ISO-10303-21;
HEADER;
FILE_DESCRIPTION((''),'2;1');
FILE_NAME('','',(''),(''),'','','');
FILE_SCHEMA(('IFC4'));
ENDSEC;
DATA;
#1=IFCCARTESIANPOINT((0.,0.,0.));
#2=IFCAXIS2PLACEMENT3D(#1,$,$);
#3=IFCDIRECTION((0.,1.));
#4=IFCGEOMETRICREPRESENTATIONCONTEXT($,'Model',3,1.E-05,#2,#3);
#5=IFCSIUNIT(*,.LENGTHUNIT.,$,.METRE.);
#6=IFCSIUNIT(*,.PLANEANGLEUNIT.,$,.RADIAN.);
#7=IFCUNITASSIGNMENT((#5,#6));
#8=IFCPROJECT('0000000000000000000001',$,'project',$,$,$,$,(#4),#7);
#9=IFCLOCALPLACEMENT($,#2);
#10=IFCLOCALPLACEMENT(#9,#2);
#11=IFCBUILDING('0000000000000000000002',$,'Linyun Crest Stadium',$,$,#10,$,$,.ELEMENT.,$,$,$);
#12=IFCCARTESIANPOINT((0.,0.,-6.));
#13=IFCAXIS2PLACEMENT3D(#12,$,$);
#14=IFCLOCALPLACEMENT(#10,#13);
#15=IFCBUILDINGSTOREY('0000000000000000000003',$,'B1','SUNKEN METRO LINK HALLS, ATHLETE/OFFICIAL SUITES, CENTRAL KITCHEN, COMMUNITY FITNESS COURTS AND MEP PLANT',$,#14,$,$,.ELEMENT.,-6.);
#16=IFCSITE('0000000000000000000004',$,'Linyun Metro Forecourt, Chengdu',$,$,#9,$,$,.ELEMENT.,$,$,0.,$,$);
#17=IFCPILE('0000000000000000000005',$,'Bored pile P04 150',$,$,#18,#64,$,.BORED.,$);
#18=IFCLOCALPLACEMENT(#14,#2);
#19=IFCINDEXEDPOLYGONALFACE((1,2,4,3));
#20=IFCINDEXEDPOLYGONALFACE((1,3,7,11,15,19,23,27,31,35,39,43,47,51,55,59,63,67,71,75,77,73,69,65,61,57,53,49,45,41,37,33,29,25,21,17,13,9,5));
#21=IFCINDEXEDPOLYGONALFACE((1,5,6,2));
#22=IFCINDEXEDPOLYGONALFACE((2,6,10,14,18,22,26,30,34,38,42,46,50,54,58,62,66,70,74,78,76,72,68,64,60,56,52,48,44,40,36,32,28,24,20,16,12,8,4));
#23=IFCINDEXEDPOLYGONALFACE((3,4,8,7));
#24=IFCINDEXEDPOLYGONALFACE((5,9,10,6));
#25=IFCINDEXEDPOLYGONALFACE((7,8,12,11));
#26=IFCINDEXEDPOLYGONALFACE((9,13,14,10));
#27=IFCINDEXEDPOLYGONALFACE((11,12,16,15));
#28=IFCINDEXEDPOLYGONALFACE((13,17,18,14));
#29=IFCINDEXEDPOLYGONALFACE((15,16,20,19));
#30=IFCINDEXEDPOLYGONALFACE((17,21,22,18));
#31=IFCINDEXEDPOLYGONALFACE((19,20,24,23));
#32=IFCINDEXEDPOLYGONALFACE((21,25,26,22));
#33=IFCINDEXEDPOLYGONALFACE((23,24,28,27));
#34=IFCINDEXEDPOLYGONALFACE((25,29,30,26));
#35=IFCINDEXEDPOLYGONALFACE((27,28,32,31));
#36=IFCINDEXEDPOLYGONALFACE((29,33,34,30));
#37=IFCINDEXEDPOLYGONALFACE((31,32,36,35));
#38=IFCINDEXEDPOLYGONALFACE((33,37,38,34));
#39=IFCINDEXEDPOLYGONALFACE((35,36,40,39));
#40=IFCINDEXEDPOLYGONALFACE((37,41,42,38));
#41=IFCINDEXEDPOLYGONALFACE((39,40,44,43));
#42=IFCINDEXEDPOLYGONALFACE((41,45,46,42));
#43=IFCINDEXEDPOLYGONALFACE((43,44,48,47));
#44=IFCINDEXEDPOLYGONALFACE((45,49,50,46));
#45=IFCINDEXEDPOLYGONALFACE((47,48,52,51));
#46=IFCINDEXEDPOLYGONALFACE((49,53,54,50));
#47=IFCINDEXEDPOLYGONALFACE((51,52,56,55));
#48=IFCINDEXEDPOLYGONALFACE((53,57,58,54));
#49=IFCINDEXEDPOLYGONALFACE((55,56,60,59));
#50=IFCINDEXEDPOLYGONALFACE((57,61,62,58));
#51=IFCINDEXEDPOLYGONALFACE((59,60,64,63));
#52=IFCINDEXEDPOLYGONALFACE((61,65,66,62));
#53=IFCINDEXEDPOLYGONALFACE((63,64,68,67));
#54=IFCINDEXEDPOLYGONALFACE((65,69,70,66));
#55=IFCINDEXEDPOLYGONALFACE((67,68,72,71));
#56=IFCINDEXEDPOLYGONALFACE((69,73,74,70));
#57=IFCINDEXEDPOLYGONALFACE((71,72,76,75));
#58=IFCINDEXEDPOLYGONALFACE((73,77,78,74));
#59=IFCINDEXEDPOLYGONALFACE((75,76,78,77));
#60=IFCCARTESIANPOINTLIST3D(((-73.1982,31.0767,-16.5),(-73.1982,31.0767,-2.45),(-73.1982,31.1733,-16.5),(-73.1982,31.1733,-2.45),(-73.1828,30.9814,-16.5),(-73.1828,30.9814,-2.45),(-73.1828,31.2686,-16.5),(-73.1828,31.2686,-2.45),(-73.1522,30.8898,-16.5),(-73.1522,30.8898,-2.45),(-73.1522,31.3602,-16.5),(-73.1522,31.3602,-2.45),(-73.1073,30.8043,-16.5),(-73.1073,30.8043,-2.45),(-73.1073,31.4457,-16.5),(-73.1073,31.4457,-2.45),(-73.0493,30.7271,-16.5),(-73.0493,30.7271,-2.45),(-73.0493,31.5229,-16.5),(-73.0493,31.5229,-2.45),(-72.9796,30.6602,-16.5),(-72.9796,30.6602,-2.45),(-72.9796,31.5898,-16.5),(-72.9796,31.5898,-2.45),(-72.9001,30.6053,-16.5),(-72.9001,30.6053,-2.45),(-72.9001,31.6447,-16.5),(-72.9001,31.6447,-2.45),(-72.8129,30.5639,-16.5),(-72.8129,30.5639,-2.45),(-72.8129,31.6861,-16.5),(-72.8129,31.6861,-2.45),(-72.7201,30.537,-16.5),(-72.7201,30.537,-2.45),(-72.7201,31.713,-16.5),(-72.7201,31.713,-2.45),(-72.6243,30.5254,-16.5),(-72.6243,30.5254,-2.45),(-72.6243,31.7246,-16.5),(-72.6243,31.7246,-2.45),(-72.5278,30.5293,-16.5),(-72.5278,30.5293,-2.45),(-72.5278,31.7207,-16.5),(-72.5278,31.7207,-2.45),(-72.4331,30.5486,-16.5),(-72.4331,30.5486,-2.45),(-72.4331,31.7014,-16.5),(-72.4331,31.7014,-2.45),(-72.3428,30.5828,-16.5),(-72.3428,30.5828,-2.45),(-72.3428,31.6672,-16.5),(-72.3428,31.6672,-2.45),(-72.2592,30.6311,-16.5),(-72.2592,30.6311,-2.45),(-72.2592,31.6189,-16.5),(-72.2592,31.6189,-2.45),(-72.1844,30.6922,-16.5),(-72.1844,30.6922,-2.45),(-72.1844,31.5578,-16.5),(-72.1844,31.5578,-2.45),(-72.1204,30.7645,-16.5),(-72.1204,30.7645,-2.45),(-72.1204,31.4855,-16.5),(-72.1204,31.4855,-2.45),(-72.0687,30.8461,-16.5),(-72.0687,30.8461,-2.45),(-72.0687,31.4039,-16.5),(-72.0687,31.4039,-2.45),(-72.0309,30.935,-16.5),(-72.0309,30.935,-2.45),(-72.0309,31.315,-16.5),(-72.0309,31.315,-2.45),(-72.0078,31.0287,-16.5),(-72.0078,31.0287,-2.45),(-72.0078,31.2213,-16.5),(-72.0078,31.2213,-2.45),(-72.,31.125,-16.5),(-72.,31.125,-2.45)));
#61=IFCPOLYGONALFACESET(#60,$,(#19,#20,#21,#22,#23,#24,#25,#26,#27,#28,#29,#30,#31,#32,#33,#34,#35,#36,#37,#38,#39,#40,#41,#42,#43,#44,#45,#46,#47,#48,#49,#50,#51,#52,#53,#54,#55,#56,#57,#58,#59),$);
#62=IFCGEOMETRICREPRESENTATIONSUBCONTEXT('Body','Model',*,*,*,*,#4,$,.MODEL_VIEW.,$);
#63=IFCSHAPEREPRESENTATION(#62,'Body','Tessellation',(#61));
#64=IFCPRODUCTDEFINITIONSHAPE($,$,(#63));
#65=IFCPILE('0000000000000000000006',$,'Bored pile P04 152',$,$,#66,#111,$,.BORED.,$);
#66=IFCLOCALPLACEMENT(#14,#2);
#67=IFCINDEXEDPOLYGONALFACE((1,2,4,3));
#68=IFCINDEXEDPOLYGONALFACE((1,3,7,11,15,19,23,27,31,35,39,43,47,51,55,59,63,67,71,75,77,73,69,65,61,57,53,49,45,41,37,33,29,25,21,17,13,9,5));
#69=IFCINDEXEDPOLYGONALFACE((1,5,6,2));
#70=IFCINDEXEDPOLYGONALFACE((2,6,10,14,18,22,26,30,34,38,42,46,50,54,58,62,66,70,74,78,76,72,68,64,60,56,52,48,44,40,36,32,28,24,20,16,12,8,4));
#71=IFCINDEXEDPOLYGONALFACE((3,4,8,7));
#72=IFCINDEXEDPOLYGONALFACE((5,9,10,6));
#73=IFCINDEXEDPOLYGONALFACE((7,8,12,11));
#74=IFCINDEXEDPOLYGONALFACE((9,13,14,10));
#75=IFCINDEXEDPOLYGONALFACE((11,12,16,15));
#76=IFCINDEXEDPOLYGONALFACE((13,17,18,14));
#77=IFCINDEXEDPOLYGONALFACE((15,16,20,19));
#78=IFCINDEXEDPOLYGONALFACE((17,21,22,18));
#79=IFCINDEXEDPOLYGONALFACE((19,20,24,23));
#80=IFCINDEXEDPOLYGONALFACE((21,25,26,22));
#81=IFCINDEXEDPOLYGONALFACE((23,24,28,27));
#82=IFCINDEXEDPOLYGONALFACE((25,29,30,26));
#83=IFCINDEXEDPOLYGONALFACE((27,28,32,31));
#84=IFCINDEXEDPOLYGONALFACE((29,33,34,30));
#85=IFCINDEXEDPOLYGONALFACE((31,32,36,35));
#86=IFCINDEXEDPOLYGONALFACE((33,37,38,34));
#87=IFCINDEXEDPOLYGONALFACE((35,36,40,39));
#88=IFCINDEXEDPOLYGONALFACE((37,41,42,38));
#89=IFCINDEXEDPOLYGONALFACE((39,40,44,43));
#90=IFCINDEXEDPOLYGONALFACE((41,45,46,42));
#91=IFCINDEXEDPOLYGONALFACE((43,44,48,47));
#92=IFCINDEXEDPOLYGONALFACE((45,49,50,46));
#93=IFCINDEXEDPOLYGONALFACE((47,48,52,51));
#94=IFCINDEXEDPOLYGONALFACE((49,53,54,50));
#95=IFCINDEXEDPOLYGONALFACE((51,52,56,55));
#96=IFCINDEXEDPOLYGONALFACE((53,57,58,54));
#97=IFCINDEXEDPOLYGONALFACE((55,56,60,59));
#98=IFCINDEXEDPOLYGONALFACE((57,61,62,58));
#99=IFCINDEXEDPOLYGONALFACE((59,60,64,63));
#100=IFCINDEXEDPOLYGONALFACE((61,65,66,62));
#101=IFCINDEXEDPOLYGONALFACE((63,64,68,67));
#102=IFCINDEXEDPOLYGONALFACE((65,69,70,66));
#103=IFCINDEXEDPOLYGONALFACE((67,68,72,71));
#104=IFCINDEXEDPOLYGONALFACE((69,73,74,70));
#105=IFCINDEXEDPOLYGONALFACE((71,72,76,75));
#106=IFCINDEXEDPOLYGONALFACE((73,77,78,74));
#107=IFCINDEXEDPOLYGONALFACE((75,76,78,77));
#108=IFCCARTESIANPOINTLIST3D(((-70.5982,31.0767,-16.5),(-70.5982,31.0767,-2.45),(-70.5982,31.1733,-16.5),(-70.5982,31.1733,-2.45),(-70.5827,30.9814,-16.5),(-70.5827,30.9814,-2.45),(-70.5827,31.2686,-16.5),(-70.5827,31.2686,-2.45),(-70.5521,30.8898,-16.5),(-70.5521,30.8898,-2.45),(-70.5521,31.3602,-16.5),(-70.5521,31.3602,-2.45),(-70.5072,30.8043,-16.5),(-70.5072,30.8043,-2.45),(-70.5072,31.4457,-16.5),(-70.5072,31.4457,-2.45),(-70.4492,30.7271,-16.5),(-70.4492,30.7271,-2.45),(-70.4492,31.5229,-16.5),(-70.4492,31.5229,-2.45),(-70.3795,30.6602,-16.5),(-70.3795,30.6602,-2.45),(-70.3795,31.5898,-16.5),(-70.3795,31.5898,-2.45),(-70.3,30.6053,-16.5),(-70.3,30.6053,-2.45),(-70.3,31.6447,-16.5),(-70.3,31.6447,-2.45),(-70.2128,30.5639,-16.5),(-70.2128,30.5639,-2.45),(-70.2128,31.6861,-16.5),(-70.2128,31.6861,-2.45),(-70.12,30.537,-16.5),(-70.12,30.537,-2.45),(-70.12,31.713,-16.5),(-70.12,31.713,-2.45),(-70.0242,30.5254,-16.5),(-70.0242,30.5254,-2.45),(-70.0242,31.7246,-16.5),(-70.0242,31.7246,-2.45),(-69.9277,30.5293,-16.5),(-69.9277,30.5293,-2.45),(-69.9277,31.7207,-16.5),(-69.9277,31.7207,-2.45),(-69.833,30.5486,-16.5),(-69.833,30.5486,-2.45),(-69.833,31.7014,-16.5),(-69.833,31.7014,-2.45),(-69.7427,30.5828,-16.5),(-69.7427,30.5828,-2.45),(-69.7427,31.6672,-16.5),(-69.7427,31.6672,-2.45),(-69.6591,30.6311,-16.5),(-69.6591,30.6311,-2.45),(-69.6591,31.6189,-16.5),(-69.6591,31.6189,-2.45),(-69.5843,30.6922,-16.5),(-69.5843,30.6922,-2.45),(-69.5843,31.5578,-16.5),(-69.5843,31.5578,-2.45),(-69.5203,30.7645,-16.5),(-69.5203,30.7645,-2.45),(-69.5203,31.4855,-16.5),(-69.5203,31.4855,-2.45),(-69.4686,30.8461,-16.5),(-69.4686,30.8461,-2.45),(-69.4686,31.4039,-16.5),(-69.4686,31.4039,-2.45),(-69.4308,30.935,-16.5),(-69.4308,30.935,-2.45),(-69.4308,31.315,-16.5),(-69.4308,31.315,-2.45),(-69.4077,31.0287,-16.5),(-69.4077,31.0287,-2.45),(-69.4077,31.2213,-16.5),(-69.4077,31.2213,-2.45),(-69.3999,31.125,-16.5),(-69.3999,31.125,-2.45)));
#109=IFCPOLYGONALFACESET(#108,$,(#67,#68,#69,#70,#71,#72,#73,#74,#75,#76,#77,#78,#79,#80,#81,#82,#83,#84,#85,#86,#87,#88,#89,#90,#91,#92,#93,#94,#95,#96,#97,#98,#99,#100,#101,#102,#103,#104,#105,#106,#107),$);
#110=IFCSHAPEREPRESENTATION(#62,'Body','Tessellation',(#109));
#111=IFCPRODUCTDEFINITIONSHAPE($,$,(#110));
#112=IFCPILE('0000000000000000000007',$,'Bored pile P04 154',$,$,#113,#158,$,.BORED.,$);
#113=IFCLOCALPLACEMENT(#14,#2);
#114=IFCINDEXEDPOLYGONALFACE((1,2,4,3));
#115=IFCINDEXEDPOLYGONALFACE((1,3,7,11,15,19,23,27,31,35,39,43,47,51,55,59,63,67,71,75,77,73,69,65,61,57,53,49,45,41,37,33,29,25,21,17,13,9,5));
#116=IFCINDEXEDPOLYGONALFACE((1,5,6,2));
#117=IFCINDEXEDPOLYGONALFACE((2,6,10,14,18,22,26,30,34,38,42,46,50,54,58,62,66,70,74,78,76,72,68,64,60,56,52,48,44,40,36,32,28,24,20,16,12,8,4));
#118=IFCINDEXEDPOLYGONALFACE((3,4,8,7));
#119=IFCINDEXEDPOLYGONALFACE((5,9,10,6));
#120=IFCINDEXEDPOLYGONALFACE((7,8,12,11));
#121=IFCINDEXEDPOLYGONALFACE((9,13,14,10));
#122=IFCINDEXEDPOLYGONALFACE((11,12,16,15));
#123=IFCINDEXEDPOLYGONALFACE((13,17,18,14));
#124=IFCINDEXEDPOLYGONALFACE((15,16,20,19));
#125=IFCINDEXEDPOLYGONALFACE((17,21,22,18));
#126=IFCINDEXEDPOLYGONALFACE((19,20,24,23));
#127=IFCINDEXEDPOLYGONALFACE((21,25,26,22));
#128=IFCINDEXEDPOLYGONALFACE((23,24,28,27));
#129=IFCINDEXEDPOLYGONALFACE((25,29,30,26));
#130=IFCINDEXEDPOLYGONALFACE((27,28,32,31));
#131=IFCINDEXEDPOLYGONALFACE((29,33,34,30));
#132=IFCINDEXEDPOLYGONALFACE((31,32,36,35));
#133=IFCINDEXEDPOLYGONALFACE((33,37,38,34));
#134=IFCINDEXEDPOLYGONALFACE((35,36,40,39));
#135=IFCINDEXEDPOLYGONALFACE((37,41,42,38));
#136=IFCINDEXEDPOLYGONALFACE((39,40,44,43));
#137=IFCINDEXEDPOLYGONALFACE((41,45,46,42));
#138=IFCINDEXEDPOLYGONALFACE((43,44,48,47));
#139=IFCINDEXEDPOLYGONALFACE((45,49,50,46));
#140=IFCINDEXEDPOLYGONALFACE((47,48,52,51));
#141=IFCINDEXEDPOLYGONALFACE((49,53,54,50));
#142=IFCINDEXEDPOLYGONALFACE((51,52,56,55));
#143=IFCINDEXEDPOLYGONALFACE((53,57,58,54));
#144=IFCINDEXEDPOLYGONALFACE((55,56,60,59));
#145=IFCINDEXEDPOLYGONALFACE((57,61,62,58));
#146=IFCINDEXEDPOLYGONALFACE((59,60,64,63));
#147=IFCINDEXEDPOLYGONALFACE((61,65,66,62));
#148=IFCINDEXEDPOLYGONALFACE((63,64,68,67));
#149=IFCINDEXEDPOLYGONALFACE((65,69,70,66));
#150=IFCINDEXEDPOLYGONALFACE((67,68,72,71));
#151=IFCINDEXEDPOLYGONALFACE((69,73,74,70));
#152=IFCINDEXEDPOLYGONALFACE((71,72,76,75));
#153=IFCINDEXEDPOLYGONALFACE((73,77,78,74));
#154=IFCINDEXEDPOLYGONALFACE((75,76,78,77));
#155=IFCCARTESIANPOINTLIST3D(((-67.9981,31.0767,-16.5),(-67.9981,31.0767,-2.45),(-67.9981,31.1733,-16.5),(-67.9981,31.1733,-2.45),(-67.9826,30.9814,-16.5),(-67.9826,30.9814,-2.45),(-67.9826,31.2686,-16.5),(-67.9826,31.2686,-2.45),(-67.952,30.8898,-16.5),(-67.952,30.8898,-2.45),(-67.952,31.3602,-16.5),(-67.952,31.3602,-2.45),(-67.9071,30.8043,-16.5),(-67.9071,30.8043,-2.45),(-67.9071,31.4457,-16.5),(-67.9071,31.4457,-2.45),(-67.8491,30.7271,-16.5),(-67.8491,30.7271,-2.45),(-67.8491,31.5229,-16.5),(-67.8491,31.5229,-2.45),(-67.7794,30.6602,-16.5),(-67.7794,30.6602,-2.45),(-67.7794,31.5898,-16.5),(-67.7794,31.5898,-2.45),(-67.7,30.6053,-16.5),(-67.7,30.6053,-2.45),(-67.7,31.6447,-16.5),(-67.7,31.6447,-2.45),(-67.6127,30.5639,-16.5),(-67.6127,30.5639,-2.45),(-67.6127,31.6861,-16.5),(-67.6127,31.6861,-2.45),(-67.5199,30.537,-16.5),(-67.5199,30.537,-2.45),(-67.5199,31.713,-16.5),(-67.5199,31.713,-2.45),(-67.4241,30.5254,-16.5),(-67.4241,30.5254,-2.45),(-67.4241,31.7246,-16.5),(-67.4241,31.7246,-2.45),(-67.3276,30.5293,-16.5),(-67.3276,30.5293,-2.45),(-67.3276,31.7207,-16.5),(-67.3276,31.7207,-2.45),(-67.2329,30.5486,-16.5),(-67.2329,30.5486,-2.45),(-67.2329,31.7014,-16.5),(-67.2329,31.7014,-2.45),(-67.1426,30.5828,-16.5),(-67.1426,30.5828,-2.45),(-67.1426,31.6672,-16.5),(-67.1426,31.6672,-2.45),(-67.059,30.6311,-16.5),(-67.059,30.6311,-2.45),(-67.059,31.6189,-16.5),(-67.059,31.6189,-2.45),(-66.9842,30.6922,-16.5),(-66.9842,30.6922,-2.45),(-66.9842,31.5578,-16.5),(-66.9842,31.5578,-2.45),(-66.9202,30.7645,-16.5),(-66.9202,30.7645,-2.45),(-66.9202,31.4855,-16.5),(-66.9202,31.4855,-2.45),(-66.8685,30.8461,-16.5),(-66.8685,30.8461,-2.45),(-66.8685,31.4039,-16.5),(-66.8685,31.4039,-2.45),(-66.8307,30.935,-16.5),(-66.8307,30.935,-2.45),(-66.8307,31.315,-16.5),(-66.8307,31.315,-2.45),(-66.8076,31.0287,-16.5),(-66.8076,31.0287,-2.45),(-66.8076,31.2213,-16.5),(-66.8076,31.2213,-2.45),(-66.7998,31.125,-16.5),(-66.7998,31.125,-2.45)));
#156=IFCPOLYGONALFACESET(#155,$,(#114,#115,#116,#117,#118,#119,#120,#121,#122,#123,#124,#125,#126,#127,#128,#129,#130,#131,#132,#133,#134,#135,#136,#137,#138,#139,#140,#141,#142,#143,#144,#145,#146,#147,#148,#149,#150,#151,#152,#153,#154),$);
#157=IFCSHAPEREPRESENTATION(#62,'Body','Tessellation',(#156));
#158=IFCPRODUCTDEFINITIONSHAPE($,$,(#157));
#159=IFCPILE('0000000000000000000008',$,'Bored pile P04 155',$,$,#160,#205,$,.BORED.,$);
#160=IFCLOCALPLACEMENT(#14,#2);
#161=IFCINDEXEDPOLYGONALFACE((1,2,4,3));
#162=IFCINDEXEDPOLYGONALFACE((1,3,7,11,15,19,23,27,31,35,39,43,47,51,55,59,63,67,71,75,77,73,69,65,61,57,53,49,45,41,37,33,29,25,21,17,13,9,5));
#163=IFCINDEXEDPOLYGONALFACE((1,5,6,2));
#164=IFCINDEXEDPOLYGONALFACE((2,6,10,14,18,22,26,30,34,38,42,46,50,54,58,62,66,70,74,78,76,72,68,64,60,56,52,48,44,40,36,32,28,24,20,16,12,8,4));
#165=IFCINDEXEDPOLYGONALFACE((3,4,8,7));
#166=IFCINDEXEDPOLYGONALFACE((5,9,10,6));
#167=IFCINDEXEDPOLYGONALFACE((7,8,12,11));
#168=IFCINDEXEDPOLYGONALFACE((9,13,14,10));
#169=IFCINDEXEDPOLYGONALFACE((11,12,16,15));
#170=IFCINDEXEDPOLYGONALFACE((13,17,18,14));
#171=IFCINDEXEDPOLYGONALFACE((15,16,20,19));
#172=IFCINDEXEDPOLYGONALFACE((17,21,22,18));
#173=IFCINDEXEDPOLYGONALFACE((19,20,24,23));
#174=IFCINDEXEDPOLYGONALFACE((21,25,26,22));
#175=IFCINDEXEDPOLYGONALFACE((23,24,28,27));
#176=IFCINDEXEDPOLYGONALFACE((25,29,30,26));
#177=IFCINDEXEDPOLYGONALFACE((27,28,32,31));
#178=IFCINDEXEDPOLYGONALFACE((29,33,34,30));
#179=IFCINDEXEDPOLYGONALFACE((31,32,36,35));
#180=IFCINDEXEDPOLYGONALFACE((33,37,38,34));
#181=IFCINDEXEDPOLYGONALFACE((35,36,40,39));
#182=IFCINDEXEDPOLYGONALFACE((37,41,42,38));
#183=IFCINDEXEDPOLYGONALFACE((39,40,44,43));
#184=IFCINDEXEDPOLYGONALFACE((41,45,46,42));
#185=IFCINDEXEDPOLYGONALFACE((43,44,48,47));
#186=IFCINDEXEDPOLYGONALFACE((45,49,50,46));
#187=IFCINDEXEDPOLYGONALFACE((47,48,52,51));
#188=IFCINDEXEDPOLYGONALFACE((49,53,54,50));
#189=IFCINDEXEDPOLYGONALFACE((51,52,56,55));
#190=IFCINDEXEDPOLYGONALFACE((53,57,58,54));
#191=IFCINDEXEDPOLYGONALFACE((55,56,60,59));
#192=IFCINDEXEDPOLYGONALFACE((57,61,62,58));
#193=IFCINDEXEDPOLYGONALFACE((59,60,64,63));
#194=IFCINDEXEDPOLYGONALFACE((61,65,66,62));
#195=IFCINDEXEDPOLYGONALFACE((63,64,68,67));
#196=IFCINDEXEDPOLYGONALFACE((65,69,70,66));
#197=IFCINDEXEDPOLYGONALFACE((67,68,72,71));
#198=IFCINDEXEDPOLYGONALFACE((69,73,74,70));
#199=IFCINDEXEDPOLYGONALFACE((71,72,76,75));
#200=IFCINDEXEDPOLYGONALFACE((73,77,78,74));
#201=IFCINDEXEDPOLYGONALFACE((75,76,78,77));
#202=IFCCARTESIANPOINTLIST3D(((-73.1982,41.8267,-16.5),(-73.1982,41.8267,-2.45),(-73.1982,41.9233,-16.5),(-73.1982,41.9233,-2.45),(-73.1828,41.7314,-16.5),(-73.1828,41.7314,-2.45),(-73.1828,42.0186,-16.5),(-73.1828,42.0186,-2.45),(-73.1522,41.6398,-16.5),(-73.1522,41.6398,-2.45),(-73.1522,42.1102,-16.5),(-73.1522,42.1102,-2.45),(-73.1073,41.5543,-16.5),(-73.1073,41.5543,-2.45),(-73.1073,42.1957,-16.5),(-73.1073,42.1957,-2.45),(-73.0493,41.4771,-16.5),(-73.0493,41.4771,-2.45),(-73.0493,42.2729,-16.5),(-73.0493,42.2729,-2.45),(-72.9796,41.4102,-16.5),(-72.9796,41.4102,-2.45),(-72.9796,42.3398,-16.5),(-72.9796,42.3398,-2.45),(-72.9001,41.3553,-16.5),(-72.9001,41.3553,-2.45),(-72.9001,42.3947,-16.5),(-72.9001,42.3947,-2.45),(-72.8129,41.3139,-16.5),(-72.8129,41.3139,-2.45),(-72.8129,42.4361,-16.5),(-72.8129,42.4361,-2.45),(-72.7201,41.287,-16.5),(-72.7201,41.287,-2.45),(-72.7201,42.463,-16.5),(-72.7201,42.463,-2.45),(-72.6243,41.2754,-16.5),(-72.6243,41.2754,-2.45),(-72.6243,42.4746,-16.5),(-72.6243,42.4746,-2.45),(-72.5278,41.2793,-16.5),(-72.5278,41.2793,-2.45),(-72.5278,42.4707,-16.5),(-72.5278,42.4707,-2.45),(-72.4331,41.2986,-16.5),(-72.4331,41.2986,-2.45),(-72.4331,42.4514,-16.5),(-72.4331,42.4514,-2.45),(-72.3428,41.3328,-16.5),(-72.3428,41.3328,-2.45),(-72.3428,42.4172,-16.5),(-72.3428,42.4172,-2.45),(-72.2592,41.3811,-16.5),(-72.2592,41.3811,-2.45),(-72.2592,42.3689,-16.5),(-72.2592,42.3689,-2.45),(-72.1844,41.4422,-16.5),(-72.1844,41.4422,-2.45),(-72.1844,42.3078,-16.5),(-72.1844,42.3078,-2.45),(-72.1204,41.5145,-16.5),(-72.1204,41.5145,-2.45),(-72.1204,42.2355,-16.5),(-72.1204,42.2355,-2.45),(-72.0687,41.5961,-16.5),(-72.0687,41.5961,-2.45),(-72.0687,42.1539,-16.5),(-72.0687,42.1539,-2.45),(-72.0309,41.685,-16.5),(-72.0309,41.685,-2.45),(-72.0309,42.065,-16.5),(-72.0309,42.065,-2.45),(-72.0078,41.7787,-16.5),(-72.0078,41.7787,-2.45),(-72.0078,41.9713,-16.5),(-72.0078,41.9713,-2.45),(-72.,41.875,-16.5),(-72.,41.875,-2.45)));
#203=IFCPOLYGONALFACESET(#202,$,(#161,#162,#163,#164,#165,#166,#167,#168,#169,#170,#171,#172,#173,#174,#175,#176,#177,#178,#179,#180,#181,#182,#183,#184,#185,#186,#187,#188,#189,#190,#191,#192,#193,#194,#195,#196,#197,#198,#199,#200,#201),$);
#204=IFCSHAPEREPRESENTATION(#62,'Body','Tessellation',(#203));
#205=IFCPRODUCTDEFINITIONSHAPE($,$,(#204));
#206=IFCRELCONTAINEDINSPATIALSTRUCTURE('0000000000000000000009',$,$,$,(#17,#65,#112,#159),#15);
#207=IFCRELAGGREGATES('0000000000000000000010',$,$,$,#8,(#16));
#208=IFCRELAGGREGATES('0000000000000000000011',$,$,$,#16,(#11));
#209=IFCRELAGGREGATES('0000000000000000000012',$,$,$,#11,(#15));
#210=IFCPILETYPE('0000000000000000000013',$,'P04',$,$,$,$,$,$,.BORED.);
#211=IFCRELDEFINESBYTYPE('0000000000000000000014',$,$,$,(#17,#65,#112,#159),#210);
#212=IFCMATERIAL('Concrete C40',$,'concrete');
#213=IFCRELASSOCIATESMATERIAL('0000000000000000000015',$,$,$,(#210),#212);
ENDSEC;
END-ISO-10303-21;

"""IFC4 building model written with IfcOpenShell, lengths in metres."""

from ifc_helpers import new_model, si_unit, direction, frame, origin, origin_2d, place, context, subcontext, project, spatial, circle, extrude, material, material_profile, profile_set, type_object, element, save


model = new_model("IFC4")

# Units and contexts
model_context = context("Model", 3, precision=1e-05, world=origin(), true_north=direction((0.0, 1.0)))
body_context = subcontext(model_context, "Body", "Model", "MODEL_VIEW")
ifc_project = project(units=[si_unit("LENGTHUNIT", "METRE"), si_unit("PLANEANGLEUNIT", "RADIAN")], contexts=[model_context])

# Site, building, storey
site_placement = place(None, origin())
site = spatial("IfcSite", under=ifc_project, at=site_placement, Name="Linyun Metro Forecourt, Chengdu", CompositionType="ELEMENT", RefElevation=0.0)
building_placement = place(site_placement, origin())
building = spatial("IfcBuilding", under=site, at=building_placement, Name="Linyun Crest Stadium", CompositionType="ELEMENT")
storey_placement = place(building_placement, frame((0.0, 0.0, -6.0)))
storey = spatial("IfcBuildingStorey", under=building, at=storey_placement, Name="B1", Description="SUNKEN METRO LINK HALLS, ATHLETE/OFFICIAL SUITES, CENTRAL KITCHEN, COMMUNITY FITNESS COURTS AND MEP PLANT", CompositionType="ELEMENT", Elevation=-6.0)

# Piles
ifc_material_1 = material(Name="Concrete C40", Category="concrete")
ifc_material_profile_1 = material_profile(ifc_material_1, circle(Radius=0.6001, at=origin_2d()), Name="BORED PILE 1200")
ifc_profile_set_1 = profile_set([ifc_material_profile_1], Name="Concrete C40")
pile_type = type_object("IfcPileType", Name="P04", PredefinedType="BORED", material=ifc_profile_set_1)
for number, where, z_axis, x_axis, name in (
    (1, (-72.6001, 31.125, -2.45), (0.0, 0.0, -1.0), (1.0, 0.0, 0.0), "Bored pile P04 150"),
    (2, (-70.0, 31.125, -2.45), (0.0, 0.0, -1.0), (1.0, 0.0, 0.0), "Bored pile P04 152"),
    (3, (-67.3999, 31.125, -2.45), (0.0, 0.0, -1.0), (1.0, 0.0, 0.0), "Bored pile P04 154"),
    (4, (-72.6001, 41.875, -2.45), (0.0, 0.0, -1.0), (1.0, 0.0, 0.0), "Bored pile P04 155"),
):
    element("IfcPile", number, at=place(storey_placement, frame(where, z_axis=z_axis, x_axis=x_axis)), inside=storey, type_object=pile_type, Name=name, PredefinedType="BORED", context=body_context, shape_type="SweptSolid", body=[
        extrude(circle(Radius=0.6001, at=origin_2d()), origin(), (0.0, 0.0, 1.0), 14.05),
    ])

save(model, "model.ifc")
